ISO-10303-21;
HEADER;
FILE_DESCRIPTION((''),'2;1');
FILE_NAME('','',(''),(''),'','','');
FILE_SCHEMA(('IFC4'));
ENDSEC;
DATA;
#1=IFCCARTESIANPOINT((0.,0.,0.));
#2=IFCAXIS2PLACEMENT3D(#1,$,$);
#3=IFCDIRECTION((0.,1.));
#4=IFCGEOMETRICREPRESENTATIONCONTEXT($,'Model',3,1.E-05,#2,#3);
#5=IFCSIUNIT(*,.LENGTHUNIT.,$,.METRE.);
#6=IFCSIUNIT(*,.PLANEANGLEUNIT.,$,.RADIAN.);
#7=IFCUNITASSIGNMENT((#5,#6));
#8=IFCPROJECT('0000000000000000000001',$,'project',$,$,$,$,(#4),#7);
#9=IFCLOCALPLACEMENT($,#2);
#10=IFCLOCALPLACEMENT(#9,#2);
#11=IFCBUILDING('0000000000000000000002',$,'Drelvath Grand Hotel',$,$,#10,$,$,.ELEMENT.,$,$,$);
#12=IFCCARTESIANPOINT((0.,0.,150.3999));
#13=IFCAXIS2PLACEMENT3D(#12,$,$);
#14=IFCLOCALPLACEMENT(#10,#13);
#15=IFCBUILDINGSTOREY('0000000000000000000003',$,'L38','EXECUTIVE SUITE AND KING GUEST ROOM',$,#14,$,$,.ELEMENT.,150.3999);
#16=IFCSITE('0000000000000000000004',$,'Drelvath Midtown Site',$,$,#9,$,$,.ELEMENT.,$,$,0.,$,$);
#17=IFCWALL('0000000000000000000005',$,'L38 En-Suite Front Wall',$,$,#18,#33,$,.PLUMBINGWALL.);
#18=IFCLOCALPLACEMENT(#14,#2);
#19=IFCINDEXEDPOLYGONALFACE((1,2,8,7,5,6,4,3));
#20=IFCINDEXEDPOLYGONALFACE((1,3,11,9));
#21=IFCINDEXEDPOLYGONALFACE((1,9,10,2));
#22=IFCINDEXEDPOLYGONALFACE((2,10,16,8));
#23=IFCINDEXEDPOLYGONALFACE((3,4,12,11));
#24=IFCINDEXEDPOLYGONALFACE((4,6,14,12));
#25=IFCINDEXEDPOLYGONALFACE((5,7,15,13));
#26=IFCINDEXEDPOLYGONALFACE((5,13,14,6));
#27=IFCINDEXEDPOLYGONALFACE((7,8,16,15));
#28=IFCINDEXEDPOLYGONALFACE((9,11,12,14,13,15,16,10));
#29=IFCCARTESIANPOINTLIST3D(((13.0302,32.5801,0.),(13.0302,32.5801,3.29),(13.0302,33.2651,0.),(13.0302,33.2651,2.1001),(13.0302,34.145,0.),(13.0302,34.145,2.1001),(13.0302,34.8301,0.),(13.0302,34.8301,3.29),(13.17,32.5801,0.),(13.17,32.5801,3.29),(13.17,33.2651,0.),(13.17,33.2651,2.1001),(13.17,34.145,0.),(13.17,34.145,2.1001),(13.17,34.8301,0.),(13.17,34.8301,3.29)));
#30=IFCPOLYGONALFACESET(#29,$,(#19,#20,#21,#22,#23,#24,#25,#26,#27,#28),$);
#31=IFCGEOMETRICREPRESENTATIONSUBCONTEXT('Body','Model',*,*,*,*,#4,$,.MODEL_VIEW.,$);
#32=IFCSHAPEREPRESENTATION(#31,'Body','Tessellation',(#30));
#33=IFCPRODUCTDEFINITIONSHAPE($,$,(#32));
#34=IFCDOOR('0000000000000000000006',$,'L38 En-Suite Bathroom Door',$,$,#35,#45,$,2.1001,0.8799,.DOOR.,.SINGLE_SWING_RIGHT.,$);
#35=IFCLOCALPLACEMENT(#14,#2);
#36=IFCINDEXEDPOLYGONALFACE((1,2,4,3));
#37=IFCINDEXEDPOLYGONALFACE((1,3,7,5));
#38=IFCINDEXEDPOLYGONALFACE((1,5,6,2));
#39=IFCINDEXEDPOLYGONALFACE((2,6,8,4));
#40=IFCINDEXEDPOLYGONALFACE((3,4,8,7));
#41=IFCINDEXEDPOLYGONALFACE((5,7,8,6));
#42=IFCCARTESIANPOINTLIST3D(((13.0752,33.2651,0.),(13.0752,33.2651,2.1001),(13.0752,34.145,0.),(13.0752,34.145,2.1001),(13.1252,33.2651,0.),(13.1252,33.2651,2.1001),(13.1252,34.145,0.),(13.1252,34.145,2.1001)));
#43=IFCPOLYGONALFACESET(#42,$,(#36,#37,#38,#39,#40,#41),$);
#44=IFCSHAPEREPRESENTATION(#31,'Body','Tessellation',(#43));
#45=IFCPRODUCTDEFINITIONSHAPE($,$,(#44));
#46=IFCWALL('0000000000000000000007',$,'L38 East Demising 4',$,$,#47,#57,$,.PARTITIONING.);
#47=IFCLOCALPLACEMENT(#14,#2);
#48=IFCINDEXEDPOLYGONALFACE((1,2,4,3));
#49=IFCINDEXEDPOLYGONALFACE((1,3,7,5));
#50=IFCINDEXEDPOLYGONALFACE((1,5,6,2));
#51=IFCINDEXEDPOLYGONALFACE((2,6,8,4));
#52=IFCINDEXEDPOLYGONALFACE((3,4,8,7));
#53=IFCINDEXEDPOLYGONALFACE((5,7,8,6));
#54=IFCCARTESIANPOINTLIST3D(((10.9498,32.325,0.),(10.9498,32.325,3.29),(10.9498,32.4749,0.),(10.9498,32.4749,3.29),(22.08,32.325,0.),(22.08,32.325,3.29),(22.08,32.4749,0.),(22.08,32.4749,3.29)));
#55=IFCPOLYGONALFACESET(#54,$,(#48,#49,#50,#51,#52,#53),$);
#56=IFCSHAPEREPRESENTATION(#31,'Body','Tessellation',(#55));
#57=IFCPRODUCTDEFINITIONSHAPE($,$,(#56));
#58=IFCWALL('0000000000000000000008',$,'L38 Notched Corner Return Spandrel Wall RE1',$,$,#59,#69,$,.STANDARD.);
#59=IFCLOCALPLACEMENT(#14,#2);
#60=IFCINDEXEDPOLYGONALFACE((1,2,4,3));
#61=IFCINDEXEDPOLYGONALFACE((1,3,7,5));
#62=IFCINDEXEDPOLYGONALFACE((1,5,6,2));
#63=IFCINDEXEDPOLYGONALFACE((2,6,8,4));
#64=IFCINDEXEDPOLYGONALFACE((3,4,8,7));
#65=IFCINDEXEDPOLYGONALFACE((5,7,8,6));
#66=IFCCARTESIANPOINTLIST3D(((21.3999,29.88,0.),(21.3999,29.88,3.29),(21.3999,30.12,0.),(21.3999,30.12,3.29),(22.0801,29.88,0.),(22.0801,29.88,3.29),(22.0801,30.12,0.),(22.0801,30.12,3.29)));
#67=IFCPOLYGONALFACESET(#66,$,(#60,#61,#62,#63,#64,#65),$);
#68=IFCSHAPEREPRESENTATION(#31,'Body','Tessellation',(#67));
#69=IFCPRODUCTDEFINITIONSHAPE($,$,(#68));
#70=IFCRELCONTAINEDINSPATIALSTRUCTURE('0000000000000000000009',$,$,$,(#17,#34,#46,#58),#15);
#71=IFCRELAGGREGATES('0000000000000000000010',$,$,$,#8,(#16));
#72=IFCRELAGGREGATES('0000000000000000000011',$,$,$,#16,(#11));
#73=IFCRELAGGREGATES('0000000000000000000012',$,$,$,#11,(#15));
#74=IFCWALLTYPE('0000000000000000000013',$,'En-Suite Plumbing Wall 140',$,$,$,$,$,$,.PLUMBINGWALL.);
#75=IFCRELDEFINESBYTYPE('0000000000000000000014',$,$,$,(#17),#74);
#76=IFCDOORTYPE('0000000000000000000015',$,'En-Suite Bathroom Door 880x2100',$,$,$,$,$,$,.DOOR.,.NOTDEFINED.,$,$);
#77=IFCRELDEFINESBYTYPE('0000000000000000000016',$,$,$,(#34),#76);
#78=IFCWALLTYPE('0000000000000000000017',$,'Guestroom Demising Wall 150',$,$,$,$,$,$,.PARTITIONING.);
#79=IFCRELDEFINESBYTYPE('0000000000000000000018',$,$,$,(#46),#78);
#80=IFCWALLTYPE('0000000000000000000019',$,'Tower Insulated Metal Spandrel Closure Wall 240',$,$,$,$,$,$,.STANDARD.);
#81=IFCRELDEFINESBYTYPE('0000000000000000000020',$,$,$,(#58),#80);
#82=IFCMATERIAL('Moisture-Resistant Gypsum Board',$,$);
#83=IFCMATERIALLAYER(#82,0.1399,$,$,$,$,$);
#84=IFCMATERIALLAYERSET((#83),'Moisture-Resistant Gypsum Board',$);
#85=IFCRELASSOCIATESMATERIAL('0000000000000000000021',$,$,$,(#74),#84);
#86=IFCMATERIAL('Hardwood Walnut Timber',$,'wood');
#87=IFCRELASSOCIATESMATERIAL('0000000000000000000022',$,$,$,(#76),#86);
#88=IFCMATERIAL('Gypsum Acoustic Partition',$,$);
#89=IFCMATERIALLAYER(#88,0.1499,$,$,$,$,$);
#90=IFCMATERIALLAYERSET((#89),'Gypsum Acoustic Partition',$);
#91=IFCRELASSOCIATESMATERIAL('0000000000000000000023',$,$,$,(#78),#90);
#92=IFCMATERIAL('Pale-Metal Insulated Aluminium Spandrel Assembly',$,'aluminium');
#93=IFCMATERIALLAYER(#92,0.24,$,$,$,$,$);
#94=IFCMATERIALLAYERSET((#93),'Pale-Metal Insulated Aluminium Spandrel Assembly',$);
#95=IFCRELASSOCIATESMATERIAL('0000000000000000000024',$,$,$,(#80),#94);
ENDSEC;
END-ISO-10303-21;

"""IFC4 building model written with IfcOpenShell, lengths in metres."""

from ifc_helpers import new_model, si_unit, direction, frame, frame_2d, origin, place, context, subcontext, project, spatial, rectangle, extrude, material, layer, layer_set, type_object, element, fill, save


model = new_model("IFC4")

# Units and contexts
model_context = context("Model", 3, precision=1e-05, world=origin(), true_north=direction((0.0, 1.0)))
body_context = subcontext(model_context, "Body", "Model", "MODEL_VIEW")
ifc_project = project(units=[si_unit("LENGTHUNIT", "METRE"), si_unit("PLANEANGLEUNIT", "RADIAN")], contexts=[model_context])

# Site, building, storey
site_placement = place(None, origin())
site = spatial("IfcSite", under=ifc_project, at=site_placement, Name="Drelvath Midtown Site", CompositionType="ELEMENT", RefElevation=0.0)
building_placement = place(site_placement, origin())
building = spatial("IfcBuilding", under=site, at=building_placement, Name="Drelvath Grand Hotel", CompositionType="ELEMENT")
storey_placement = place(building_placement, frame((0.0, 0.0, 150.3999)))
storey = spatial("IfcBuildingStorey", under=building, at=storey_placement, Name="L38", Description="EXECUTIVE SUITE AND KING GUEST ROOM", CompositionType="ELEMENT", Elevation=150.3999)

# Shared definitions
ifc_material_1 = material(Name="Moisture-Resistant Gypsum Board")
ifc_layer_1 = layer(ifc_material_1, 0.1399)
ifc_layer_set_1 = layer_set([ifc_layer_1], Name="Moisture-Resistant Gypsum Board")
wall_type_1 = type_object("IfcWallType", Name="En-Suite Plumbing Wall 140", PredefinedType="PLUMBINGWALL", material=ifc_layer_set_1)

# Shared definitions
ifc_material_2 = material(Name="Hardwood Walnut Timber", Category="wood")
door_type = type_object("IfcDoorType", Name="En-Suite Bathroom Door 880x2100", OperationType="NOTDEFINED", PredefinedType="DOOR", material=ifc_material_2)

# Wall, opening, door
wall_1_placement = place(storey_placement, frame((13.1001, 32.5801, 0.0), z_axis=(0.0, 0.0, 1.0), x_axis=(0.0, 1.0, 0.0)))
wall_1 = element("IfcWall", 1, at=wall_1_placement, inside=storey, type_object=wall_type_1, Name="L38 En-Suite Front Wall", PredefinedType="PLUMBINGWALL", context=body_context, shape_type="SweptSolid", body=[
    extrude(rectangle(XDim=2.25, YDim=0.1399, at=frame_2d((1.125, 0.0))), origin(), (0.0, 0.0, 1.0), 3.29),
])
opening_1_placement = place(wall_1_placement, frame((0.6851, 0.0, 0.0)))
opening_1 = element("IfcOpeningElement", 2, at=opening_1_placement, cuts=wall_1, PredefinedType="OPENING", context=body_context, shape_type="SweptSolid", body=[
    extrude(rectangle(XDim=0.8799, YDim=2.1001, at=frame_2d((0.4399, 1.05))), frame((0.0, 0.0798, 0.0), z_axis=(0.0, -1.0, 0.0), x_axis=(1.0, 0.0, 0.0)), (0.0, 0.0, 1.0), 0.1599),
])
door_1_placement = place(opening_1_placement, origin())
door_1 = element("IfcDoor", 3, at=door_1_placement, inside=storey, type_object=door_type, Name="L38 En-Suite Bathroom Door", OperationType="SINGLE_SWING_RIGHT", OverallHeight=2.1001, OverallWidth=0.8799, PredefinedType="DOOR", context=body_context, shape_type="SweptSolid", body=[
    extrude(rectangle(XDim=0.8799, YDim=2.1001, at=frame_2d((0.4399, 1.05))), frame((0.0, 0.0249, 0.0), z_axis=(0.0, -1.0, 0.0), x_axis=(1.0, 0.0, 0.0)), (0.0, 0.0, 1.0), 0.05),
])
fill(opening_1, door_1)

# Walls
ifc_material_3 = material(Name="Gypsum Acoustic Partition")
ifc_layer_2 = layer(ifc_material_3, 0.1499)
ifc_layer_set_2 = layer_set([ifc_layer_2], Name="Gypsum Acoustic Partition")
wall_type_2 = type_object("IfcWallType", Name="Guestroom Demising Wall 150", PredefinedType="PARTITIONING", material=ifc_layer_set_2)
wall_2_placement = place(storey_placement, frame((10.95, 32.3999, 0.0), z_axis=(0.0, 0.0, 1.0), x_axis=(1.0, 0.0, 0.0)))
element("IfcWall", 4, at=wall_2_placement, inside=storey, type_object=wall_type_2, Name="L38 East Demising 4", PredefinedType="PARTITIONING", context=body_context, shape_type="SweptSolid", body=[
    extrude(rectangle(XDim=11.1301, YDim=0.1499, at=frame_2d((5.5649, 0.0))), origin(), (0.0, 0.0, 1.0), 3.29),
])
ifc_material_4 = material(Name="Pale-Metal Insulated Aluminium Spandrel Assembly", Category="aluminium")
ifc_layer_3 = layer(ifc_material_4, 0.24)
ifc_layer_set_3 = layer_set([ifc_layer_3], Name="Pale-Metal Insulated Aluminium Spandrel Assembly")
wall_type_3 = type_object("IfcWallType", Name="Tower Insulated Metal Spandrel Closure Wall 240", PredefinedType="STANDARD", material=ifc_layer_set_3)
wall_3_placement = place(storey_placement, frame((22.0801, 30.0, 0.0), z_axis=(0.0, 0.0, 1.0), x_axis=(-1.0, 0.0, 0.0)))
element("IfcWall", 5, at=wall_3_placement, inside=storey, type_object=wall_type_3, Name="L38 Notched Corner Return Spandrel Wall RE1", PredefinedType="STANDARD", context=body_context, shape_type="SweptSolid", body=[
    extrude(rectangle(XDim=0.6802, YDim=0.24, at=frame_2d((0.3401, 0.0))), origin(), (0.0, 0.0, 1.0), 3.29),
])

save(model, "model.ifc")
